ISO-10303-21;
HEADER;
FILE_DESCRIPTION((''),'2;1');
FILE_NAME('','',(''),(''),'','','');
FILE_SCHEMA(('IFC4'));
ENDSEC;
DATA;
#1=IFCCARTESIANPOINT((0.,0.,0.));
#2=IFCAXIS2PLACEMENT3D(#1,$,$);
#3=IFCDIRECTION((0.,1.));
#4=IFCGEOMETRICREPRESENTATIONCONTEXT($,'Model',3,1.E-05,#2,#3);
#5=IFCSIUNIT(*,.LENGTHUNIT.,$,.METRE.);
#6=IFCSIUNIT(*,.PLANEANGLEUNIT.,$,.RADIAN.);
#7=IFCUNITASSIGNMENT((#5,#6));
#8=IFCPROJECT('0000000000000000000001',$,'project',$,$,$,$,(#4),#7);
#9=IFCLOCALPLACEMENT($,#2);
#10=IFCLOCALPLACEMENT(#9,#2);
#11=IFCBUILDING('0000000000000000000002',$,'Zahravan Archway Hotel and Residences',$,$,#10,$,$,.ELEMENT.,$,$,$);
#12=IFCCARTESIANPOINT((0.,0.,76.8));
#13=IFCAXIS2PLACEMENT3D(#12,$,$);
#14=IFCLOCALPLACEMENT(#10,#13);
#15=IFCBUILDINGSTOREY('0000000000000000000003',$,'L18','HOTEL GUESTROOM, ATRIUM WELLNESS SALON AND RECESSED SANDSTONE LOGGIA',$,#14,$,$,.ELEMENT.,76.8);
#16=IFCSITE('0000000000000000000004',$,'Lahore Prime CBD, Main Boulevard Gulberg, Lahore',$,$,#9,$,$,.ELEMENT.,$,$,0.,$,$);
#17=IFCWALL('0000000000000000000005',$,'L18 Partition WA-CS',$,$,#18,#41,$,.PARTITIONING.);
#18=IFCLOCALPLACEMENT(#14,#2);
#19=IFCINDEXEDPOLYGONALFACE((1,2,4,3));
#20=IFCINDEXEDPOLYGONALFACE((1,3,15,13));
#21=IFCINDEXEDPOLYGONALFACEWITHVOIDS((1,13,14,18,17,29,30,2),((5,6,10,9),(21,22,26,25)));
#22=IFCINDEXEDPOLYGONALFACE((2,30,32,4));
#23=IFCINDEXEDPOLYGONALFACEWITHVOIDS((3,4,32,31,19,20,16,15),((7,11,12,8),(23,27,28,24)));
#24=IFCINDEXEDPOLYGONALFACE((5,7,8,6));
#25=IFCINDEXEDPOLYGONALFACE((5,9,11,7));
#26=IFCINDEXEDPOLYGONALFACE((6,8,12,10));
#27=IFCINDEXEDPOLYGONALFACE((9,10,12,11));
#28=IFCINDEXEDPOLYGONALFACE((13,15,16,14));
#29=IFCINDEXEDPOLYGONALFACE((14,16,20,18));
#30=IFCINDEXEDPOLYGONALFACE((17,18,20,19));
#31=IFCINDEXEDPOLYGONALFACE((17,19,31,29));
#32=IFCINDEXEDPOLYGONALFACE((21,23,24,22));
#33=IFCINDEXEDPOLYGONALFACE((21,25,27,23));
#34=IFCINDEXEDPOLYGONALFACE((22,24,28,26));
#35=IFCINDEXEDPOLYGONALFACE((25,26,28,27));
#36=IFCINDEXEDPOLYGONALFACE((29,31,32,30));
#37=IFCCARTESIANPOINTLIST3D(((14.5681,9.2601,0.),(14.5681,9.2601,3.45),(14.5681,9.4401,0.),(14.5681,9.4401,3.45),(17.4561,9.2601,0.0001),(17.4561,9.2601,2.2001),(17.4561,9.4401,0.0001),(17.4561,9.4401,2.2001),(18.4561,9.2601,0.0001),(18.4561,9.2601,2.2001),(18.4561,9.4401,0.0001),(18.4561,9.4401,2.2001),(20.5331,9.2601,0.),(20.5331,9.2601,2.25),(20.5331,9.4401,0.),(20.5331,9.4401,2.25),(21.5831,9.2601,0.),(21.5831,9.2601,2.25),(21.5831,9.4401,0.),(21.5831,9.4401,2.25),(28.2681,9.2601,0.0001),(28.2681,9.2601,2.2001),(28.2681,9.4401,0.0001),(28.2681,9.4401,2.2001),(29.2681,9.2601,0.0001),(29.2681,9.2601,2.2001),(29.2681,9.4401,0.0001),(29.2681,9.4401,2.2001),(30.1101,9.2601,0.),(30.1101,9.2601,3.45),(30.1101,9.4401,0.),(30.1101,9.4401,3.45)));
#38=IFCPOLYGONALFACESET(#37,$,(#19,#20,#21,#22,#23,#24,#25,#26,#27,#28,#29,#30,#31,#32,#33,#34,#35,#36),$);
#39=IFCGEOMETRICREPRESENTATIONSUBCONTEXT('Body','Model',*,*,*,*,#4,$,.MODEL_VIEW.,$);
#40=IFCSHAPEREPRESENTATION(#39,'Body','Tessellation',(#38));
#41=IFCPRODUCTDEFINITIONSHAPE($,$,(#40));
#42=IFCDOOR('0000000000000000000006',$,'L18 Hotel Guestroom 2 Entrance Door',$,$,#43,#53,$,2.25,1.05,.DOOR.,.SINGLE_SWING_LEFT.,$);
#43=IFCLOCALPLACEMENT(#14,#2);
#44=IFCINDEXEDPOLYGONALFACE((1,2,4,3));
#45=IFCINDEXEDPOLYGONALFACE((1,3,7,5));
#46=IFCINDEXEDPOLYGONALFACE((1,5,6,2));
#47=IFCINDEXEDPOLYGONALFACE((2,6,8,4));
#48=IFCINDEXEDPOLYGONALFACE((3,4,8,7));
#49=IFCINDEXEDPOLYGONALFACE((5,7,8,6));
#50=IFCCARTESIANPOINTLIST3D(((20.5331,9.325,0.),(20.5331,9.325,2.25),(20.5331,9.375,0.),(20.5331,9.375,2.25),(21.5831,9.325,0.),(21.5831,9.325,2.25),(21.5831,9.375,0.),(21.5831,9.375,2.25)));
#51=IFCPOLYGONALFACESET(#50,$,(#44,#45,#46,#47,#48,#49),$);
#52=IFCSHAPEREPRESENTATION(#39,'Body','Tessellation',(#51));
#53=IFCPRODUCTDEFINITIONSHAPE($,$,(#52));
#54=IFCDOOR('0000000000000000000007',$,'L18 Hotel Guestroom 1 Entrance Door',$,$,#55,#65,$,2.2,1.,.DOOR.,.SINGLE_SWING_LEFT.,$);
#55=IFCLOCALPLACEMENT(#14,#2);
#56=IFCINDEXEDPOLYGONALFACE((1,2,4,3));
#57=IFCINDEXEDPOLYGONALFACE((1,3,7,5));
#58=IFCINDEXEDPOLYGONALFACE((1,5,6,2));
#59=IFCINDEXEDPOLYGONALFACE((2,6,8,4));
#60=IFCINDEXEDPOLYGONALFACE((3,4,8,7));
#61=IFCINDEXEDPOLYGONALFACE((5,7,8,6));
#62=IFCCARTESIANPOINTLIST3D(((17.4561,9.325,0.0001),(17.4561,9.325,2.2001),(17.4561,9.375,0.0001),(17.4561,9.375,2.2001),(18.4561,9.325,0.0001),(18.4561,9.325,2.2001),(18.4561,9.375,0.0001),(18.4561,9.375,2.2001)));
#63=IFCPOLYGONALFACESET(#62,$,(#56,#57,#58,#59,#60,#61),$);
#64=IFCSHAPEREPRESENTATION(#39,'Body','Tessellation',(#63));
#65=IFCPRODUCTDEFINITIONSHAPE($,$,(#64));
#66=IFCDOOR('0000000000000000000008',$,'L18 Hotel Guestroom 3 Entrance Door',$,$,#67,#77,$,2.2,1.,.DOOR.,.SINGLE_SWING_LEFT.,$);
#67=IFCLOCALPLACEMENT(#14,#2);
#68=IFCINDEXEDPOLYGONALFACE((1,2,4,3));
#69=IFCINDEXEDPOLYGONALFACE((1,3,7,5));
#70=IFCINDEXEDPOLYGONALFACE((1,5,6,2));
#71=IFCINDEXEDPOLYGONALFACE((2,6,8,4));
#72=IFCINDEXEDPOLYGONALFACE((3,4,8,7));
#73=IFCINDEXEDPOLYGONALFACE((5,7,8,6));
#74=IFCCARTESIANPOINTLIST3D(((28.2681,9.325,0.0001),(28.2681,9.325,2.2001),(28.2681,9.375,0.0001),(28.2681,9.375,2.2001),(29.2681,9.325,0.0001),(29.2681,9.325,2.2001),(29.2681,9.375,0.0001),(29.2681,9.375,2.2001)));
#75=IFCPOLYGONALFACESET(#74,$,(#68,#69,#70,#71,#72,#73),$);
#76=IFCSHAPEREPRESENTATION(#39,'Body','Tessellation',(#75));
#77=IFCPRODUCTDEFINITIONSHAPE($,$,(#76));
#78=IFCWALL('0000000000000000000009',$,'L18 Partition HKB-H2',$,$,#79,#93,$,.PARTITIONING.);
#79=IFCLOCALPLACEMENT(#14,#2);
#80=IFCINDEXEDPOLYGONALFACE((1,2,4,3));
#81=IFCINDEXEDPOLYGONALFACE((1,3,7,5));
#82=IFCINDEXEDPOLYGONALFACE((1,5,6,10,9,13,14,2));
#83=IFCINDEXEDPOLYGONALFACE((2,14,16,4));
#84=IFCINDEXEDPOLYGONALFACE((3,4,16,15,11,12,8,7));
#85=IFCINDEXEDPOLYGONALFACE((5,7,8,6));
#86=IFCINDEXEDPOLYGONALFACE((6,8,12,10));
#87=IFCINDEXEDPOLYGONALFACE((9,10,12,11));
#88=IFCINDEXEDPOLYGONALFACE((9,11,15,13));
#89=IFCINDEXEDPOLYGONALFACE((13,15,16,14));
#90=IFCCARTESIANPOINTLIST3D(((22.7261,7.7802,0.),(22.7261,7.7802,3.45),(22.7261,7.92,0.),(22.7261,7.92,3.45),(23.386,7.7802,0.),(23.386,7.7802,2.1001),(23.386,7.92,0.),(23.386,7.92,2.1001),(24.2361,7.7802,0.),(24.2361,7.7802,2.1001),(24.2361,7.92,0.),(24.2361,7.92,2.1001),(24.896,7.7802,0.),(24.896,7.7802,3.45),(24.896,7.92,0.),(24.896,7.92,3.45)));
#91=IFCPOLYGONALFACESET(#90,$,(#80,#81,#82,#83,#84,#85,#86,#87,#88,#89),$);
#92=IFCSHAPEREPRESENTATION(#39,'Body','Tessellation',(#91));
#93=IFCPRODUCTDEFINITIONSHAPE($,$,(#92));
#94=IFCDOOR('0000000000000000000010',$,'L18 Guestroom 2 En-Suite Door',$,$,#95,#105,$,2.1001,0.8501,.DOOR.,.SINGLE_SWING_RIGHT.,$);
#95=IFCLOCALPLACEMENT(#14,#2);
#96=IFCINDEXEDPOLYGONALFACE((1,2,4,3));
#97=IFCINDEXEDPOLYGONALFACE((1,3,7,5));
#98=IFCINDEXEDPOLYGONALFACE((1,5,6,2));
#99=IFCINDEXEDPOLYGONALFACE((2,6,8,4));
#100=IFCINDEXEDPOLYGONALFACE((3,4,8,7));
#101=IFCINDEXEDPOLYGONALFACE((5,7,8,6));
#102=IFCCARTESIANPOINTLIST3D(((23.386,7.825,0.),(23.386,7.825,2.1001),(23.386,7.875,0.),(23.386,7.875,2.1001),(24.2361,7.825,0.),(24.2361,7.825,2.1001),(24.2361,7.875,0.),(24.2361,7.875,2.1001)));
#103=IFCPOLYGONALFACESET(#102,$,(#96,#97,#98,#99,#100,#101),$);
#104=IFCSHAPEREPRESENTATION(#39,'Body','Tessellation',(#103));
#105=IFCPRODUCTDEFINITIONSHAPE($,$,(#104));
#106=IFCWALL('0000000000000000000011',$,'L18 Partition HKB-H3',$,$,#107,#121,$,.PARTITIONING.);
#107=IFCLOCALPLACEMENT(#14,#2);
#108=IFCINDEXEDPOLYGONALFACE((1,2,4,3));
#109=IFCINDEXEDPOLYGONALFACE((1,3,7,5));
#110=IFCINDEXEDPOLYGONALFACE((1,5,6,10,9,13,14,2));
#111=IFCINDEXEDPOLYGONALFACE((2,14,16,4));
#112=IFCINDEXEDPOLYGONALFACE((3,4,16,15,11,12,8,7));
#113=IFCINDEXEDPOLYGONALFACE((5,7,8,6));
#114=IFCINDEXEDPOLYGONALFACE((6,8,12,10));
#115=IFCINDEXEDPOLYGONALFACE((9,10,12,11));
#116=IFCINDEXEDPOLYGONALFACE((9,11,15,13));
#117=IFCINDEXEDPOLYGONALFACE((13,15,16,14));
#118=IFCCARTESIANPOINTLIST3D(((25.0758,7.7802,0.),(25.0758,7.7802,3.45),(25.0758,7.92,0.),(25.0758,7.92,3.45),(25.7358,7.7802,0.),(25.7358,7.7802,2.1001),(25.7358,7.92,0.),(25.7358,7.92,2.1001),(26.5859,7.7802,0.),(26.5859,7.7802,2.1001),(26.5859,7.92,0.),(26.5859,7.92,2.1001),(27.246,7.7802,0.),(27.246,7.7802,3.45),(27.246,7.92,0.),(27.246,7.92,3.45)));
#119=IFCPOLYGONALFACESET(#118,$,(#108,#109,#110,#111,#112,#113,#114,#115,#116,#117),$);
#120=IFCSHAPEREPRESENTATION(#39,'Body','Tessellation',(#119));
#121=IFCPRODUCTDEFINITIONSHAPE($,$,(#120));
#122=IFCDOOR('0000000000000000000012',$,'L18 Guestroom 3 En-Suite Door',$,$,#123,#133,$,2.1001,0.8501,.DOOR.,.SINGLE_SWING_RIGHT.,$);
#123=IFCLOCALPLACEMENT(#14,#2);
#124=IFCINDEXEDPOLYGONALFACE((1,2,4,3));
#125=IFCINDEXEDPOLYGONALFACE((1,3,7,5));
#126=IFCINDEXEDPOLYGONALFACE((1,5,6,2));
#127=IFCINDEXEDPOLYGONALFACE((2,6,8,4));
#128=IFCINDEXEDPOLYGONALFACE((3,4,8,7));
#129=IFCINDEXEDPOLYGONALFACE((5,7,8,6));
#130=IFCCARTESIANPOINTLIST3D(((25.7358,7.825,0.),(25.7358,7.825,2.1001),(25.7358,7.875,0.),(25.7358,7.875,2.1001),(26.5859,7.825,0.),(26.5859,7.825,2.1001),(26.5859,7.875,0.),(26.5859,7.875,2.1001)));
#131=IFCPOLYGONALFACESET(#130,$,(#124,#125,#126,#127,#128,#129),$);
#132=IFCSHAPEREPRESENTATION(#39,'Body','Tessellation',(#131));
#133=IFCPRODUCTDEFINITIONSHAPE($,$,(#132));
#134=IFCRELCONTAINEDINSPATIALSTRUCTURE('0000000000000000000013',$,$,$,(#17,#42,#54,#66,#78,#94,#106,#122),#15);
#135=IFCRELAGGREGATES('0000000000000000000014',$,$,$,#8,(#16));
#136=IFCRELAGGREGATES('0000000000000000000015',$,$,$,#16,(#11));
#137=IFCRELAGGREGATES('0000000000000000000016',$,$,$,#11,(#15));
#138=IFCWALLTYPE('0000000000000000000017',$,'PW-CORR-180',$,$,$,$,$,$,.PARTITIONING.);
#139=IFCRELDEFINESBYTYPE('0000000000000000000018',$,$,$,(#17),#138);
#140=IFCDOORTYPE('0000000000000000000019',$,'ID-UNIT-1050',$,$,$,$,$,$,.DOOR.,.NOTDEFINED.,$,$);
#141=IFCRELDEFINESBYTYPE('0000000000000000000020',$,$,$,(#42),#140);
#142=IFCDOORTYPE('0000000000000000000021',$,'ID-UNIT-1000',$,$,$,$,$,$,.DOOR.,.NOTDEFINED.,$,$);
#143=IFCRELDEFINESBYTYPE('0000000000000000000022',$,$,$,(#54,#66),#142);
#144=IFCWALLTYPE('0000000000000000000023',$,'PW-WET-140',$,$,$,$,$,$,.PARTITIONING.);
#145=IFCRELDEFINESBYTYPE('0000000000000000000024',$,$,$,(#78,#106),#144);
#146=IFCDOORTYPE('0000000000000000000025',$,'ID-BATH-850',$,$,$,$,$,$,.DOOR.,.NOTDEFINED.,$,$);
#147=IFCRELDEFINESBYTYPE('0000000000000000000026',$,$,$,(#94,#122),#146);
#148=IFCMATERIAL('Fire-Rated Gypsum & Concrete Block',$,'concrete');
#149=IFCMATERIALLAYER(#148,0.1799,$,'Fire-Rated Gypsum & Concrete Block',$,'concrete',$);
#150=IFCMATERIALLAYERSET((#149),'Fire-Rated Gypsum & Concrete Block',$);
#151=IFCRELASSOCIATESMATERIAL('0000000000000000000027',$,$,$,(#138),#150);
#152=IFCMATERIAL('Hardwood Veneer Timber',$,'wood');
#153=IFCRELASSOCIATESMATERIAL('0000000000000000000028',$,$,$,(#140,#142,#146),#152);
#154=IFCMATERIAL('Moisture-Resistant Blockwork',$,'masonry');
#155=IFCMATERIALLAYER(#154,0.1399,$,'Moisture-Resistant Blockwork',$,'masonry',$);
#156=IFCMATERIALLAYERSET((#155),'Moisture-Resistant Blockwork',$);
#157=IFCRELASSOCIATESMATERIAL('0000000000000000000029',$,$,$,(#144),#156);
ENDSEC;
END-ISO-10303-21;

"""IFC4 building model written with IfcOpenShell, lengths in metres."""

from ifc_helpers import new_model, si_unit, direction, frame, frame_2d, origin, place, context, subcontext, project, spatial, rectangle, extrude, source, transform, mapped, material, layer, layer_set, type_object, type_shapes, element, fill, save


model = new_model("IFC4")

# Units and contexts
model_context = context("Model", 3, precision=1e-05, world=origin(), true_north=direction((0.0, 1.0)))
body_context = subcontext(model_context, "Body", "Model", "MODEL_VIEW")
ifc_project = project(units=[si_unit("LENGTHUNIT", "METRE"), si_unit("PLANEANGLEUNIT", "RADIAN")], contexts=[model_context])

# Site, building, storey
site_placement = place(None, origin())
site = spatial("IfcSite", under=ifc_project, at=site_placement, Name="Lahore Prime CBD, Main Boulevard Gulberg, Lahore", CompositionType="ELEMENT", RefElevation=0.0)
building_placement = place(site_placement, origin())
building = spatial("IfcBuilding", under=site, at=building_placement, Name="Zahravan Archway Hotel and Residences", CompositionType="ELEMENT")
storey_placement = place(building_placement, frame((0.0, 0.0, 76.8)))
storey = spatial("IfcBuildingStorey", under=building, at=storey_placement, Name="L18", Description="HOTEL GUESTROOM, ATRIUM WELLNESS SALON AND RECESSED SANDSTONE LOGGIA", CompositionType="ELEMENT", Elevation=76.8)

# Shared definitions
ifc_material_1 = material(Name="Fire-Rated Gypsum & Concrete Block", Category="concrete")

# Wall, openings, doors
ifc_layer_1 = layer(ifc_material_1, 0.1799, Name="Fire-Rated Gypsum & Concrete Block", Category="concrete")
ifc_layer_set_1 = layer_set([ifc_layer_1], Name="Fire-Rated Gypsum & Concrete Block")
wall_type_1 = type_object("IfcWallType", Name="PW-CORR-180", PredefinedType="PARTITIONING", material=ifc_layer_set_1)
wall_1_placement = place(storey_placement, frame((14.5681, 9.3501, 0.0), z_axis=(0.0, 0.0, 1.0), x_axis=(1.0, 0.0, 0.0)))
wall_1 = element("IfcWall", 1, at=wall_1_placement, inside=storey, type_object=wall_type_1, Name="L18 Partition WA-CS", PredefinedType="PARTITIONING", context=body_context, shape_type="SweptSolid", body=[
    extrude(rectangle(XDim=15.542, YDim=0.1799, at=frame_2d((7.771, 0.0))), origin(), (0.0, 0.0, 1.0), 3.45),
])
opening_1_placement = place(wall_1_placement, frame((2.8879, 0.0, 0.0)))
opening_1 = element("IfcOpeningElement", 2, at=opening_1_placement, cuts=wall_1, PredefinedType="OPENING", context=body_context, shape_type="SweptSolid", body=[
    extrude(rectangle(XDim=1.0, YDim=2.2, at=frame_2d((0.5, 1.1001))), frame((0.0, 0.1001, 0.0), z_axis=(0.0, -1.0, 0.0), x_axis=(1.0, 0.0, 0.0)), (0.0, 0.0, 1.0), 0.2),
])
opening_2_placement = place(wall_1_placement, frame((5.9651, 0.0, 0.0)))
opening_2 = element("IfcOpeningElement", 3, at=opening_2_placement, cuts=wall_1, PredefinedType="OPENING", context=body_context, shape_type="SweptSolid", body=[
    extrude(rectangle(XDim=1.05, YDim=2.25, at=frame_2d((0.5249, 1.125))), frame((0.0, 0.1001, 0.0), z_axis=(0.0, -1.0, 0.0), x_axis=(1.0, 0.0, 0.0)), (0.0, 0.0, 1.0), 0.2),
])
opening_3_placement = place(wall_1_placement, frame((13.7, 0.0, 0.0)))
opening_3 = element("IfcOpeningElement", 4, at=opening_3_placement, cuts=wall_1, PredefinedType="OPENING", context=body_context, shape_type="SweptSolid", body=[
    extrude(rectangle(XDim=1.0, YDim=2.2, at=frame_2d((0.5, 1.1001))), frame((0.0, 0.1001, 0.0), z_axis=(0.0, -1.0, 0.0), x_axis=(1.0, 0.0, 0.0)), (0.0, 0.0, 1.0), 0.2),
])
ifc_material_2 = material(Name="Hardwood Veneer Timber", Category="wood")
door_type_1 = type_object("IfcDoorType", Name="ID-UNIT-1050", OperationType="NOTDEFINED", PredefinedType="DOOR", material=ifc_material_2)
shared_shape_1 = source(origin(), body_context, "Body", "SweptSolid", [
    extrude(rectangle(XDim=1.05, YDim=2.25, at=frame_2d((0.5249, 1.125))), frame((0.0, 0.0249, 0.0), z_axis=(0.0, -1.0, 0.0), x_axis=(1.0, 0.0, 0.0)), (0.0, 0.0, 1.0), 0.05),
])
type_shapes(door_type_1, [shared_shape_1])
door_1_placement = place(opening_2_placement, origin())
door_1 = element("IfcDoor", 5, at=door_1_placement, inside=storey, type_object=door_type_1, Name="L18 Hotel Guestroom 2 Entrance Door", OperationType="SINGLE_SWING_LEFT", OverallHeight=2.25, OverallWidth=1.05, PredefinedType="DOOR", context=body_context, shape_type="MappedRepresentation", body=[
    mapped(shared_shape_1, transform((0.0, 0.0, 0.0), scale=1.0)),
])
fill(opening_2, door_1)
door_type_2 = type_object("IfcDoorType", Name="ID-UNIT-1000", OperationType="NOTDEFINED", PredefinedType="DOOR", material=ifc_material_2)
shared_shape_2 = source(origin(), body_context, "Body", "SweptSolid", [
    extrude(rectangle(XDim=1.0, YDim=2.2, at=frame_2d((0.5, 1.1001))), frame((0.0, 0.0249, 0.0), z_axis=(0.0, -1.0, 0.0), x_axis=(1.0, 0.0, 0.0)), (0.0, 0.0, 1.0), 0.05),
])
type_shapes(door_type_2, [shared_shape_2])
door_2_placement = place(opening_1_placement, origin())
door_2 = element("IfcDoor", 6, at=door_2_placement, inside=storey, type_object=door_type_2, Name="L18 Hotel Guestroom 1 Entrance Door", OperationType="SINGLE_SWING_LEFT", OverallHeight=2.2, OverallWidth=1.0, PredefinedType="DOOR", context=body_context, shape_type="MappedRepresentation", body=[
    mapped(shared_shape_2, transform((0.0, 0.0, 0.0), scale=1.0)),
])
fill(opening_1, door_2)
door_3_placement = place(opening_3_placement, origin())
door_3 = element("IfcDoor", 7, at=door_3_placement, inside=storey, type_object=door_type_2, Name="L18 Hotel Guestroom 3 Entrance Door", OperationType="SINGLE_SWING_LEFT", OverallHeight=2.2, OverallWidth=1.0, PredefinedType="DOOR", context=body_context, shape_type="MappedRepresentation", body=[
    mapped(shared_shape_2, transform((0.0, 0.0, 0.0), scale=1.0)),
])
fill(opening_3, door_3)

# Shared definitions
ifc_material_3 = material(Name="Moisture-Resistant Blockwork", Category="masonry")
ifc_layer_2 = layer(ifc_material_3, 0.1399, Name="Moisture-Resistant Blockwork", Category="masonry")
ifc_layer_set_2 = layer_set([ifc_layer_2], Name="Moisture-Resistant Blockwork")
wall_type_2 = type_object("IfcWallType", Name="PW-WET-140", PredefinedType="PARTITIONING", material=ifc_layer_set_2)

# Walls, openings, doors
wall_2_placement = place(storey_placement, frame((22.7261, 7.8501, 0.0), z_axis=(0.0, 0.0, 1.0), x_axis=(1.0, 0.0, 0.0)))
wall_2 = element("IfcWall", 8, at=wall_2_placement, inside=storey, type_object=wall_type_2, Name="L18 Partition HKB-H2", PredefinedType="PARTITIONING", context=body_context, shape_type="SweptSolid", body=[
    extrude(rectangle(XDim=2.1699, YDim=0.1399, at=frame_2d((1.085, 0.0))), origin(), (0.0, 0.0, 1.0), 3.45),
])
opening_4_placement = place(wall_2_placement, frame((0.6599, 0.0, 0.0)))
opening_4 = element("IfcOpeningElement", 9, at=opening_4_placement, cuts=wall_2, PredefinedType="OPENING", context=body_context, shape_type="SweptSolid", body=[
    extrude(rectangle(XDim=0.8501, YDim=2.1001, at=frame_2d((0.425, 1.05))), frame((0.0, 0.0801, 0.0), z_axis=(0.0, -1.0, 0.0), x_axis=(1.0, 0.0, 0.0)), (0.0, 0.0, 1.0), 0.1599),
])
door_type_3 = type_object("IfcDoorType", Name="ID-BATH-850", OperationType="NOTDEFINED", PredefinedType="DOOR", material=ifc_material_2)
shared_shape_3 = source(origin(), body_context, "Body", "SweptSolid", [
    extrude(rectangle(XDim=0.8501, YDim=2.1001, at=frame_2d((0.425, 1.05))), frame((0.0, 0.0249, 0.0), z_axis=(0.0, -1.0, 0.0), x_axis=(1.0, 0.0, 0.0)), (0.0, 0.0, 1.0), 0.05),
])
type_shapes(door_type_3, [shared_shape_3])
door_4_placement = place(opening_4_placement, origin())
door_4 = element("IfcDoor", 10, at=door_4_placement, inside=storey, type_object=door_type_3, Name="L18 Guestroom 2 En-Suite Door", OperationType="SINGLE_SWING_RIGHT", OverallHeight=2.1001, OverallWidth=0.8501, PredefinedType="DOOR", context=body_context, shape_type="MappedRepresentation", body=[
    mapped(shared_shape_3, transform((0.0, 0.0, 0.0), scale=1.0)),
])
fill(opening_4, door_4)
wall_3_placement = place(storey_placement, frame((25.0759, 7.8501, 0.0), z_axis=(0.0, 0.0, 1.0), x_axis=(1.0, 0.0, 0.0)))
wall_3 = element("IfcWall", 11, at=wall_3_placement, inside=storey, type_object=wall_type_2, Name="L18 Partition HKB-H3", PredefinedType="PARTITIONING", context=body_context, shape_type="SweptSolid", body=[
    extrude(rectangle(XDim=2.1702, YDim=0.1399, at=frame_2d((1.085, 0.0))), origin(), (0.0, 0.0, 1.0), 3.45),
])
opening_5_placement = place(wall_3_placement, frame((0.6599, 0.0, 0.0)))
opening_5 = element("IfcOpeningElement", 12, at=opening_5_placement, cuts=wall_3, PredefinedType="OPENING", context=body_context, shape_type="SweptSolid", body=[
    extrude(rectangle(XDim=0.8501, YDim=2.1001, at=frame_2d((0.425, 1.05))), frame((0.0, 0.0801, 0.0), z_axis=(0.0, -1.0, 0.0), x_axis=(1.0, 0.0, 0.0)), (0.0, 0.0, 1.0), 0.1599),
])
door_5_placement = place(opening_5_placement, origin())
door_5 = element("IfcDoor", 13, at=door_5_placement, inside=storey, type_object=door_type_3, Name="L18 Guestroom 3 En-Suite Door", OperationType="SINGLE_SWING_RIGHT", OverallHeight=2.1001, OverallWidth=0.8501, PredefinedType="DOOR", context=body_context, shape_type="MappedRepresentation", body=[
    mapped(shared_shape_3, transform((0.0, 0.0, 0.0), scale=1.0)),
])
fill(opening_5, door_5)

save(model, "model.ifc")
